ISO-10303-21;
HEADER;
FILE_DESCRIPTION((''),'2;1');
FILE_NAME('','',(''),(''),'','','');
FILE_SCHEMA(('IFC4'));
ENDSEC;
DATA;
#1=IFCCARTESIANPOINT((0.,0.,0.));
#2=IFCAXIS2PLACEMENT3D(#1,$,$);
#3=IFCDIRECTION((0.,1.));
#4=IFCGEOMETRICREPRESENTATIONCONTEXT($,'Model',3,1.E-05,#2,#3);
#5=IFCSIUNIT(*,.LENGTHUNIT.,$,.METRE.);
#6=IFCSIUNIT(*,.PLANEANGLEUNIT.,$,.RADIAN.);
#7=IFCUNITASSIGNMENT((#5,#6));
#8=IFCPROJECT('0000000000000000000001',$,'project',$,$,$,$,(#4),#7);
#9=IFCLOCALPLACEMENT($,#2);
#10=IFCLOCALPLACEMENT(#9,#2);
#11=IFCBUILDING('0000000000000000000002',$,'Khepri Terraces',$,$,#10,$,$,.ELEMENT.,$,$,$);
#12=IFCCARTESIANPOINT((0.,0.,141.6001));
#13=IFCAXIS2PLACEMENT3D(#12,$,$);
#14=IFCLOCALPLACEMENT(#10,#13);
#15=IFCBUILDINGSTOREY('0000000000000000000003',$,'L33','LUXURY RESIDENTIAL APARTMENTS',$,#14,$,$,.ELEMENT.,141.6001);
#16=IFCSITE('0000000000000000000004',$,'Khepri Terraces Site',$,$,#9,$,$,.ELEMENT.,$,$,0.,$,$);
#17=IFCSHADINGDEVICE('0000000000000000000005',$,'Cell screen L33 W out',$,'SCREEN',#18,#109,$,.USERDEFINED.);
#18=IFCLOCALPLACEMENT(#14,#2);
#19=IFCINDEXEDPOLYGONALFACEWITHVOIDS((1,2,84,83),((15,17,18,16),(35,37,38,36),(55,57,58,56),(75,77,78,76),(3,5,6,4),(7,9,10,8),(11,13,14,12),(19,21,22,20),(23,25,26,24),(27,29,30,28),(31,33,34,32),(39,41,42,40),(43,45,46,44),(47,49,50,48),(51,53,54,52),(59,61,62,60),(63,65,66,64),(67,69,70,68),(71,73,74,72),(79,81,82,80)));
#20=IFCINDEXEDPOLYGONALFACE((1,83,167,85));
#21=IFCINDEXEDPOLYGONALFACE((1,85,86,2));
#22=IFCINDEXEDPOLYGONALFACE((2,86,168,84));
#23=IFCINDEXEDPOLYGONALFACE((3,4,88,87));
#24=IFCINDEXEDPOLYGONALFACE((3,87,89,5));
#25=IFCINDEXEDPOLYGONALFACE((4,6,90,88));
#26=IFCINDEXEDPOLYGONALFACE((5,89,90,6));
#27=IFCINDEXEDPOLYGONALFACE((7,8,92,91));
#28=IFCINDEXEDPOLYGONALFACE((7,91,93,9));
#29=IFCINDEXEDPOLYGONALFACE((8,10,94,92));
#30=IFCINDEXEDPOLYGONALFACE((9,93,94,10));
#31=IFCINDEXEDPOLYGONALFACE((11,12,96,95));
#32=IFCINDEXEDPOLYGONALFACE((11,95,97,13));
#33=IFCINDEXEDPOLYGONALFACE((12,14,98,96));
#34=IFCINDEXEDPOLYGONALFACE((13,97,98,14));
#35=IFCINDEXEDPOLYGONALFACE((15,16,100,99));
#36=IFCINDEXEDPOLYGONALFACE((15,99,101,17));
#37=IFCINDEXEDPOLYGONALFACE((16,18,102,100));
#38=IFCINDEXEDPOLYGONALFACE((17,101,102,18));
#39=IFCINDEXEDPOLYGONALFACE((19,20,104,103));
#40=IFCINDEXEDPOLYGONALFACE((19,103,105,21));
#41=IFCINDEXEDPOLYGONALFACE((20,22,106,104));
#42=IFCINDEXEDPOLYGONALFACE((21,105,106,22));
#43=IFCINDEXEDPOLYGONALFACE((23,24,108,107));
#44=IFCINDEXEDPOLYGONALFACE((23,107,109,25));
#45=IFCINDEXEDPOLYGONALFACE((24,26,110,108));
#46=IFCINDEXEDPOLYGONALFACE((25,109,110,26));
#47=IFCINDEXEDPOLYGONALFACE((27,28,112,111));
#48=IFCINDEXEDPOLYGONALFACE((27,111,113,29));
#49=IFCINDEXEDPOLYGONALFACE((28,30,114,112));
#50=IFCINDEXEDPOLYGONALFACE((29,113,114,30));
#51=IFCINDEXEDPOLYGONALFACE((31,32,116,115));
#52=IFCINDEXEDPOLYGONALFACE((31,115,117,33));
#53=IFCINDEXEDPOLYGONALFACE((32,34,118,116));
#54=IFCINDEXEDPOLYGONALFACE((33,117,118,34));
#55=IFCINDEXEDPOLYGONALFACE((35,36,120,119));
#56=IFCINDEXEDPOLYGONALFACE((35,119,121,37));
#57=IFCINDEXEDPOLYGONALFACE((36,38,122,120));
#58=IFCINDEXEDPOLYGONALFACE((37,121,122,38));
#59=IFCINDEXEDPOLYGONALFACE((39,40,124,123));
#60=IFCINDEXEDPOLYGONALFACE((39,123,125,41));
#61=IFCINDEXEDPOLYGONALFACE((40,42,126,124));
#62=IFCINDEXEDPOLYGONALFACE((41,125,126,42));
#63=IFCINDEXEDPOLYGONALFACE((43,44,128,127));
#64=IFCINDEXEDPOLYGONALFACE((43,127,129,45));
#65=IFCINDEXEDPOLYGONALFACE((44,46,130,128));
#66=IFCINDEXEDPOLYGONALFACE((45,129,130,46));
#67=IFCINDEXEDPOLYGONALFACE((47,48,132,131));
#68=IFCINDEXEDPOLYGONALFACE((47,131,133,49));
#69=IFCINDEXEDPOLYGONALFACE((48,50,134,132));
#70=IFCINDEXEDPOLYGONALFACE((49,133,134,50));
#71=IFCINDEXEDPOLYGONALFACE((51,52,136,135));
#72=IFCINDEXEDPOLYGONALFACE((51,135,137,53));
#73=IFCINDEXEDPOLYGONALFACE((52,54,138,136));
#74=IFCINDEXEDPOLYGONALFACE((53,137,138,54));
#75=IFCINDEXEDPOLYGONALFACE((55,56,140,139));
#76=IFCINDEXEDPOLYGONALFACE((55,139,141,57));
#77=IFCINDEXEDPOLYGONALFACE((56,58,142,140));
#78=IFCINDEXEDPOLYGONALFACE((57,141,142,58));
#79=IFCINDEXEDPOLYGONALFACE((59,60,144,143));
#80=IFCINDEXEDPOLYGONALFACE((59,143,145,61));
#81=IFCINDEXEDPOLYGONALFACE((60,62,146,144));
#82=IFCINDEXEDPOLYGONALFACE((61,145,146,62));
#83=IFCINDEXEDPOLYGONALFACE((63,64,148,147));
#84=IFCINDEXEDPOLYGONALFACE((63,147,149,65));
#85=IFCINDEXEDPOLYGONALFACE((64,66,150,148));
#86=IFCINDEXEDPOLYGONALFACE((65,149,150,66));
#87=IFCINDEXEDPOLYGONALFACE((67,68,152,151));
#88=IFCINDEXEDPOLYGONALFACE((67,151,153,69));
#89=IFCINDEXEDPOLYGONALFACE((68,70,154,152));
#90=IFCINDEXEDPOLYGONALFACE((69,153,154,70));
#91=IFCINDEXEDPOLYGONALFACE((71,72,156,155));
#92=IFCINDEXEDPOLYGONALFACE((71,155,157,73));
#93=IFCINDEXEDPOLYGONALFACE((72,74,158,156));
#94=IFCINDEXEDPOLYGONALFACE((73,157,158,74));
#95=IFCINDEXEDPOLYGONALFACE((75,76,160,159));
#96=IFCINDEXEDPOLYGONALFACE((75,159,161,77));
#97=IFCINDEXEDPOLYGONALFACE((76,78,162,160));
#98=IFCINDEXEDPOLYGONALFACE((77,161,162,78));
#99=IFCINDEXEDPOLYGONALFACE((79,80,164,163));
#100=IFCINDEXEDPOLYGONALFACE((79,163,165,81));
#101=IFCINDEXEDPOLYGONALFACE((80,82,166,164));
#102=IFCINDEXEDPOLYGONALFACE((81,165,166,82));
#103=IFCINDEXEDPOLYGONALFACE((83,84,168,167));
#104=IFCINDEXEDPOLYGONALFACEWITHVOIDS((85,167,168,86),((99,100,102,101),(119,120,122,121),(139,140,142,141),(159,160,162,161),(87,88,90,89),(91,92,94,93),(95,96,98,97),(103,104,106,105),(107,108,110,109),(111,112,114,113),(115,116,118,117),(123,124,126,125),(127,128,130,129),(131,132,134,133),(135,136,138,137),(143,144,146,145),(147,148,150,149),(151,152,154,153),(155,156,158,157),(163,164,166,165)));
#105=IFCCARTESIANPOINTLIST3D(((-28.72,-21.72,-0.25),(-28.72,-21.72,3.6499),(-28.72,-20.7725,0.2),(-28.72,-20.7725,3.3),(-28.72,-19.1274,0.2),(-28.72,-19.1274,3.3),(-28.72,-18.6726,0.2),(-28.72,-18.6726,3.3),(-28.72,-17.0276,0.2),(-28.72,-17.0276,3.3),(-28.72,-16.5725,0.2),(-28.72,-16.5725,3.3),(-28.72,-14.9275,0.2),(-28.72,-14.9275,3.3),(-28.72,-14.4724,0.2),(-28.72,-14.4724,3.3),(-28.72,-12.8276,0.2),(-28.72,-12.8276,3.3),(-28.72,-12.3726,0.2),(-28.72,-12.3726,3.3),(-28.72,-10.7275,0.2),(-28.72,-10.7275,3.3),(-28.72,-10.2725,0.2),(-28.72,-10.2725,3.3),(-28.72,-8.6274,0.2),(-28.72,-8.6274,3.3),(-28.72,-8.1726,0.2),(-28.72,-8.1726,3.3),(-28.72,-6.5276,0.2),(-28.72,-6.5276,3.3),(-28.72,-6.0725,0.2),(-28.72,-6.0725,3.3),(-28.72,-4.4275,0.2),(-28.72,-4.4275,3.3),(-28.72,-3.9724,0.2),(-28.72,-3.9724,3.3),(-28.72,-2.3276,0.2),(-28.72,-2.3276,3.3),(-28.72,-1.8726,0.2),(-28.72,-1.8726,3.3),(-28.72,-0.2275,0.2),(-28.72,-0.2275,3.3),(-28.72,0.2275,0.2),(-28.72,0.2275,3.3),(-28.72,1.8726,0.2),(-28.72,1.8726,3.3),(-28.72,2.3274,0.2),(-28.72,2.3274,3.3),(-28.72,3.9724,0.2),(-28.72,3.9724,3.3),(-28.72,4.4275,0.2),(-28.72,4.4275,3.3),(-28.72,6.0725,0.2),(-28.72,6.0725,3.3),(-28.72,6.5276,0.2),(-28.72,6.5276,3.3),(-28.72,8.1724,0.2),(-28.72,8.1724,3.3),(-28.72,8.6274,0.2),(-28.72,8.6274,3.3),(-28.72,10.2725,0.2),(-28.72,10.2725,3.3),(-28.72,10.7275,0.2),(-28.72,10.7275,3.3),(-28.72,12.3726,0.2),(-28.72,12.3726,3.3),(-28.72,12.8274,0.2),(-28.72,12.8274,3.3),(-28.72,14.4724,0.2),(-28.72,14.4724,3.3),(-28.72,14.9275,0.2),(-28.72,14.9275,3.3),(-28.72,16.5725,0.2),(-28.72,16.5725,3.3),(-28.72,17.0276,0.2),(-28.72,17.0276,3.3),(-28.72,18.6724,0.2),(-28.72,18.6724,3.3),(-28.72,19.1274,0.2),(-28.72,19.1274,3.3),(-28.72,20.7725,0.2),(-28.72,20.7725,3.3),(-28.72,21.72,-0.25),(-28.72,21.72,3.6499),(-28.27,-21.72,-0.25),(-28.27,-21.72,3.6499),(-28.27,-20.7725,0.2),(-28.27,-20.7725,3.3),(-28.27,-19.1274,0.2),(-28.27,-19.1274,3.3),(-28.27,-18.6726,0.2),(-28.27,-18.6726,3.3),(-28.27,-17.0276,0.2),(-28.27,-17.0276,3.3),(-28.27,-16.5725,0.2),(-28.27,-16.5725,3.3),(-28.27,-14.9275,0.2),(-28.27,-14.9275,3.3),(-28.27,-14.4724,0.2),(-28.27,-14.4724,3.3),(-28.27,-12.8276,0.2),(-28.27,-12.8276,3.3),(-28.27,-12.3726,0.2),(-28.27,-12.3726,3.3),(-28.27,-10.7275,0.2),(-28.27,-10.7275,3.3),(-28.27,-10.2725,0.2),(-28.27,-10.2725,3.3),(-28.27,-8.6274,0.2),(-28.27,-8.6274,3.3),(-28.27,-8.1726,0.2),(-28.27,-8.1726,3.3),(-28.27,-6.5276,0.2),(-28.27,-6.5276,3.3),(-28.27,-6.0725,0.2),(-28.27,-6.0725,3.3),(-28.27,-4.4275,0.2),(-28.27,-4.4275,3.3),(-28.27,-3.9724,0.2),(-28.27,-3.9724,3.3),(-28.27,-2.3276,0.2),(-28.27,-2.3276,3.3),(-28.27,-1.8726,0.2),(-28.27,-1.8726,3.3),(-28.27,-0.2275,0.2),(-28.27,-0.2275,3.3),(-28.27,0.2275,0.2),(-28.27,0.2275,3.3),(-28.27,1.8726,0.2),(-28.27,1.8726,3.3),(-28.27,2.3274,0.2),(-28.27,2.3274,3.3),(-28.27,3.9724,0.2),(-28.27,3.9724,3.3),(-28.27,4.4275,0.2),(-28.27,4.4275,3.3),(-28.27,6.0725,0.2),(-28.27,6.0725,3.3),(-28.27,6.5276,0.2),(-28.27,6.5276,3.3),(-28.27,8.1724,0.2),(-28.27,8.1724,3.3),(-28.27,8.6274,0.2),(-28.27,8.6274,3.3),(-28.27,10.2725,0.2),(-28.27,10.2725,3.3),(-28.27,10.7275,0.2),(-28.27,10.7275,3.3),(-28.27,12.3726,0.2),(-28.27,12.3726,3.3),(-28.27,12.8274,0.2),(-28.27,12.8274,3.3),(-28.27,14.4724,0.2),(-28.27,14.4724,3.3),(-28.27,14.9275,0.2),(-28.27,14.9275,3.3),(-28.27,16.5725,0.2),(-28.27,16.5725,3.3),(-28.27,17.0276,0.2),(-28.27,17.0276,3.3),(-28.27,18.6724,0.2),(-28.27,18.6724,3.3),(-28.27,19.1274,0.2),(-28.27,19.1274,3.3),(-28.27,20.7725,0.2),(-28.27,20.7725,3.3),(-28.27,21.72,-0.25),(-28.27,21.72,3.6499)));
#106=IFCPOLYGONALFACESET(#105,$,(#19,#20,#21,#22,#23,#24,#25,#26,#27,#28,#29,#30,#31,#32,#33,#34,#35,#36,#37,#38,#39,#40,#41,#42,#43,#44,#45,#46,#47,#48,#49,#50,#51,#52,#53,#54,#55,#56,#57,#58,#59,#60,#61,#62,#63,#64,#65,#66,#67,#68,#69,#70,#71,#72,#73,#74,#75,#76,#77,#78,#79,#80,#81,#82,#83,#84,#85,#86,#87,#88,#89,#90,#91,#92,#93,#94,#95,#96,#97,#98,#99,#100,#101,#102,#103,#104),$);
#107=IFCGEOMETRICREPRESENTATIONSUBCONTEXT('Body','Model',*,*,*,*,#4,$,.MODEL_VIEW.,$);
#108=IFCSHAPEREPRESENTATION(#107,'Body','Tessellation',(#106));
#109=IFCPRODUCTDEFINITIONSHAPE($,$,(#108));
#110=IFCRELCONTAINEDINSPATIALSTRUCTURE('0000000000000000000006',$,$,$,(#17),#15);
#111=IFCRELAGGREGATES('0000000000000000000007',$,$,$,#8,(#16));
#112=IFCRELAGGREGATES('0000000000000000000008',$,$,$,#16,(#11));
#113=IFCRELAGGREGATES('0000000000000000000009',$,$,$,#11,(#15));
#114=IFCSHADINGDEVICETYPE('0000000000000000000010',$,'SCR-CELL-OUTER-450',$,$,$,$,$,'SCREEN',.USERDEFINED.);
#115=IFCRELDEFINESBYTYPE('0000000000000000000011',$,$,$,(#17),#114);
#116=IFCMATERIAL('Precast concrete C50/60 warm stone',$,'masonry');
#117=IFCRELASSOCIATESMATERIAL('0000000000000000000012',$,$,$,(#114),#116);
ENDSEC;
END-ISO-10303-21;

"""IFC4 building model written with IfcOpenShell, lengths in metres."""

from ifc_helpers import new_model, si_unit, direction, frame, origin, place, context, subcontext, project, spatial, polyline, outline, extrude, material, type_object, element, save


model = new_model("IFC4")

# Units and contexts
model_context = context("Model", 3, precision=1e-05, world=origin(), true_north=direction((0.0, 1.0)))
body_context = subcontext(model_context, "Body", "Model", "MODEL_VIEW")
ifc_project = project(units=[si_unit("LENGTHUNIT", "METRE"), si_unit("PLANEANGLEUNIT", "RADIAN")], contexts=[model_context])

# Site, building, storey
site_placement = place(None, origin())
site = spatial("IfcSite", under=ifc_project, at=site_placement, Name="Khepri Terraces Site", CompositionType="ELEMENT", RefElevation=0.0)
building_placement = place(site_placement, origin())
building = spatial("IfcBuilding", under=site, at=building_placement, Name="Khepri Terraces", CompositionType="ELEMENT")
storey_placement = place(building_placement, frame((0.0, 0.0, 141.6001)))
storey = spatial("IfcBuildingStorey", under=building, at=storey_placement, Name="L33", Description="LUXURY RESIDENTIAL APARTMENTS", CompositionType="ELEMENT", Elevation=141.6001)

# Shared definitions
ifc_material_1 = material(Name="Precast concrete C50/60 warm stone", Category="masonry")

# Shading device
shading_device_type_1 = type_object("IfcShadingDeviceType", Name="SCR-CELL-OUTER-450", ElementType="SCREEN", PredefinedType="USERDEFINED", material=ifc_material_1)
shading_device_1_placement = place(storey_placement, frame((-28.27, 21.72, -0.25), z_axis=(-1.0, 0.0, 0.0), x_axis=(0.0, -1.0, 0.0)))
element("IfcShadingDevice", 1, at=shading_device_1_placement, inside=storey, type_object=shading_device_type_1, Name="Cell screen L33 W out", ObjectType="SCREEN", PredefinedType="USERDEFINED", context=body_context, shape_type="SweptSolid", body=[
    extrude(outline(polyline([(0.0, 0.0), (43.4399, 0.0), (43.4399, 3.8999), (0.0, 3.8999), (0.0, 0.0)]), holes=[polyline([(0.9475, 0.45), (2.5925, 0.45), (2.5925, 3.55), (0.9475, 3.55), (0.9475, 0.45)]), polyline([(3.0476, 0.45), (4.6924, 0.45), (4.6924, 3.55), (3.0476, 3.55), (3.0476, 0.45)]), polyline([(5.1475, 0.45), (6.7925, 0.45), (6.7925, 3.55), (5.1475, 3.55), (5.1475, 0.45)]), polyline([(7.2476, 0.45), (8.8926, 0.45), (8.8926, 3.55), (7.2476, 3.55), (7.2476, 0.45)]), polyline([(9.3474, 0.45), (10.9924, 0.45), (10.9924, 3.55), (9.3474, 3.55), (9.3474, 0.45)]), polyline([(11.4475, 0.45), (13.0925, 0.45), (13.0925, 3.55), (11.4475, 3.55), (11.4475, 0.45)]), polyline([(13.5476, 0.45), (15.1924, 0.45), (15.1924, 3.55), (13.5476, 3.55), (13.5476, 0.45)]), polyline([(15.6475, 0.45), (17.2925, 0.45), (17.2925, 3.55), (15.6475, 3.55), (15.6475, 0.45)]), polyline([(17.7476, 0.45), (19.3926, 0.45), (19.3926, 3.55), (17.7476, 3.55), (17.7476, 0.45)]), polyline([(19.8474, 0.45), (21.4924, 0.45), (21.4924, 3.55), (19.8474, 3.55), (19.8474, 0.45)]), polyline([(21.9475, 0.45), (23.5925, 0.45), (23.5925, 3.55), (21.9475, 3.55), (21.9475, 0.45)]), polyline([(24.0476, 0.45), (25.6924, 0.45), (25.6924, 3.55), (24.0476, 3.55), (24.0476, 0.45)]), polyline([(26.1475, 0.45), (27.7925, 0.45), (27.7925, 3.55), (26.1475, 3.55), (26.1475, 0.45)]), polyline([(28.2476, 0.45), (29.8926, 0.45), (29.8926, 3.55), (28.2476, 3.55), (28.2476, 0.45)]), polyline([(30.3474, 0.45), (31.9924, 0.45), (31.9924, 3.55), (30.3474, 3.55), (30.3474, 0.45)]), polyline([(32.4475, 0.45), (34.0925, 0.45), (34.0925, 3.55), (32.4475, 3.55), (32.4475, 0.45)]), polyline([(34.5476, 0.45), (36.1924, 0.45), (36.1924, 3.55), (34.5476, 3.55), (34.5476, 0.45)]), polyline([(36.6475, 0.45), (38.2925, 0.45), (38.2925, 3.55), (36.6475, 3.55), (36.6475, 0.45)]), polyline([(38.7476, 0.45), (40.3926, 0.45), (40.3926, 3.55), (38.7476, 3.55), (38.7476, 0.45)]), polyline([(40.8474, 0.45), (42.4924, 0.45), (42.4924, 3.55), (40.8474, 3.55), (40.8474, 0.45)])]), origin(), (0.0, 0.0, 1.0), 0.45),
])

save(model, "model.ifc")
